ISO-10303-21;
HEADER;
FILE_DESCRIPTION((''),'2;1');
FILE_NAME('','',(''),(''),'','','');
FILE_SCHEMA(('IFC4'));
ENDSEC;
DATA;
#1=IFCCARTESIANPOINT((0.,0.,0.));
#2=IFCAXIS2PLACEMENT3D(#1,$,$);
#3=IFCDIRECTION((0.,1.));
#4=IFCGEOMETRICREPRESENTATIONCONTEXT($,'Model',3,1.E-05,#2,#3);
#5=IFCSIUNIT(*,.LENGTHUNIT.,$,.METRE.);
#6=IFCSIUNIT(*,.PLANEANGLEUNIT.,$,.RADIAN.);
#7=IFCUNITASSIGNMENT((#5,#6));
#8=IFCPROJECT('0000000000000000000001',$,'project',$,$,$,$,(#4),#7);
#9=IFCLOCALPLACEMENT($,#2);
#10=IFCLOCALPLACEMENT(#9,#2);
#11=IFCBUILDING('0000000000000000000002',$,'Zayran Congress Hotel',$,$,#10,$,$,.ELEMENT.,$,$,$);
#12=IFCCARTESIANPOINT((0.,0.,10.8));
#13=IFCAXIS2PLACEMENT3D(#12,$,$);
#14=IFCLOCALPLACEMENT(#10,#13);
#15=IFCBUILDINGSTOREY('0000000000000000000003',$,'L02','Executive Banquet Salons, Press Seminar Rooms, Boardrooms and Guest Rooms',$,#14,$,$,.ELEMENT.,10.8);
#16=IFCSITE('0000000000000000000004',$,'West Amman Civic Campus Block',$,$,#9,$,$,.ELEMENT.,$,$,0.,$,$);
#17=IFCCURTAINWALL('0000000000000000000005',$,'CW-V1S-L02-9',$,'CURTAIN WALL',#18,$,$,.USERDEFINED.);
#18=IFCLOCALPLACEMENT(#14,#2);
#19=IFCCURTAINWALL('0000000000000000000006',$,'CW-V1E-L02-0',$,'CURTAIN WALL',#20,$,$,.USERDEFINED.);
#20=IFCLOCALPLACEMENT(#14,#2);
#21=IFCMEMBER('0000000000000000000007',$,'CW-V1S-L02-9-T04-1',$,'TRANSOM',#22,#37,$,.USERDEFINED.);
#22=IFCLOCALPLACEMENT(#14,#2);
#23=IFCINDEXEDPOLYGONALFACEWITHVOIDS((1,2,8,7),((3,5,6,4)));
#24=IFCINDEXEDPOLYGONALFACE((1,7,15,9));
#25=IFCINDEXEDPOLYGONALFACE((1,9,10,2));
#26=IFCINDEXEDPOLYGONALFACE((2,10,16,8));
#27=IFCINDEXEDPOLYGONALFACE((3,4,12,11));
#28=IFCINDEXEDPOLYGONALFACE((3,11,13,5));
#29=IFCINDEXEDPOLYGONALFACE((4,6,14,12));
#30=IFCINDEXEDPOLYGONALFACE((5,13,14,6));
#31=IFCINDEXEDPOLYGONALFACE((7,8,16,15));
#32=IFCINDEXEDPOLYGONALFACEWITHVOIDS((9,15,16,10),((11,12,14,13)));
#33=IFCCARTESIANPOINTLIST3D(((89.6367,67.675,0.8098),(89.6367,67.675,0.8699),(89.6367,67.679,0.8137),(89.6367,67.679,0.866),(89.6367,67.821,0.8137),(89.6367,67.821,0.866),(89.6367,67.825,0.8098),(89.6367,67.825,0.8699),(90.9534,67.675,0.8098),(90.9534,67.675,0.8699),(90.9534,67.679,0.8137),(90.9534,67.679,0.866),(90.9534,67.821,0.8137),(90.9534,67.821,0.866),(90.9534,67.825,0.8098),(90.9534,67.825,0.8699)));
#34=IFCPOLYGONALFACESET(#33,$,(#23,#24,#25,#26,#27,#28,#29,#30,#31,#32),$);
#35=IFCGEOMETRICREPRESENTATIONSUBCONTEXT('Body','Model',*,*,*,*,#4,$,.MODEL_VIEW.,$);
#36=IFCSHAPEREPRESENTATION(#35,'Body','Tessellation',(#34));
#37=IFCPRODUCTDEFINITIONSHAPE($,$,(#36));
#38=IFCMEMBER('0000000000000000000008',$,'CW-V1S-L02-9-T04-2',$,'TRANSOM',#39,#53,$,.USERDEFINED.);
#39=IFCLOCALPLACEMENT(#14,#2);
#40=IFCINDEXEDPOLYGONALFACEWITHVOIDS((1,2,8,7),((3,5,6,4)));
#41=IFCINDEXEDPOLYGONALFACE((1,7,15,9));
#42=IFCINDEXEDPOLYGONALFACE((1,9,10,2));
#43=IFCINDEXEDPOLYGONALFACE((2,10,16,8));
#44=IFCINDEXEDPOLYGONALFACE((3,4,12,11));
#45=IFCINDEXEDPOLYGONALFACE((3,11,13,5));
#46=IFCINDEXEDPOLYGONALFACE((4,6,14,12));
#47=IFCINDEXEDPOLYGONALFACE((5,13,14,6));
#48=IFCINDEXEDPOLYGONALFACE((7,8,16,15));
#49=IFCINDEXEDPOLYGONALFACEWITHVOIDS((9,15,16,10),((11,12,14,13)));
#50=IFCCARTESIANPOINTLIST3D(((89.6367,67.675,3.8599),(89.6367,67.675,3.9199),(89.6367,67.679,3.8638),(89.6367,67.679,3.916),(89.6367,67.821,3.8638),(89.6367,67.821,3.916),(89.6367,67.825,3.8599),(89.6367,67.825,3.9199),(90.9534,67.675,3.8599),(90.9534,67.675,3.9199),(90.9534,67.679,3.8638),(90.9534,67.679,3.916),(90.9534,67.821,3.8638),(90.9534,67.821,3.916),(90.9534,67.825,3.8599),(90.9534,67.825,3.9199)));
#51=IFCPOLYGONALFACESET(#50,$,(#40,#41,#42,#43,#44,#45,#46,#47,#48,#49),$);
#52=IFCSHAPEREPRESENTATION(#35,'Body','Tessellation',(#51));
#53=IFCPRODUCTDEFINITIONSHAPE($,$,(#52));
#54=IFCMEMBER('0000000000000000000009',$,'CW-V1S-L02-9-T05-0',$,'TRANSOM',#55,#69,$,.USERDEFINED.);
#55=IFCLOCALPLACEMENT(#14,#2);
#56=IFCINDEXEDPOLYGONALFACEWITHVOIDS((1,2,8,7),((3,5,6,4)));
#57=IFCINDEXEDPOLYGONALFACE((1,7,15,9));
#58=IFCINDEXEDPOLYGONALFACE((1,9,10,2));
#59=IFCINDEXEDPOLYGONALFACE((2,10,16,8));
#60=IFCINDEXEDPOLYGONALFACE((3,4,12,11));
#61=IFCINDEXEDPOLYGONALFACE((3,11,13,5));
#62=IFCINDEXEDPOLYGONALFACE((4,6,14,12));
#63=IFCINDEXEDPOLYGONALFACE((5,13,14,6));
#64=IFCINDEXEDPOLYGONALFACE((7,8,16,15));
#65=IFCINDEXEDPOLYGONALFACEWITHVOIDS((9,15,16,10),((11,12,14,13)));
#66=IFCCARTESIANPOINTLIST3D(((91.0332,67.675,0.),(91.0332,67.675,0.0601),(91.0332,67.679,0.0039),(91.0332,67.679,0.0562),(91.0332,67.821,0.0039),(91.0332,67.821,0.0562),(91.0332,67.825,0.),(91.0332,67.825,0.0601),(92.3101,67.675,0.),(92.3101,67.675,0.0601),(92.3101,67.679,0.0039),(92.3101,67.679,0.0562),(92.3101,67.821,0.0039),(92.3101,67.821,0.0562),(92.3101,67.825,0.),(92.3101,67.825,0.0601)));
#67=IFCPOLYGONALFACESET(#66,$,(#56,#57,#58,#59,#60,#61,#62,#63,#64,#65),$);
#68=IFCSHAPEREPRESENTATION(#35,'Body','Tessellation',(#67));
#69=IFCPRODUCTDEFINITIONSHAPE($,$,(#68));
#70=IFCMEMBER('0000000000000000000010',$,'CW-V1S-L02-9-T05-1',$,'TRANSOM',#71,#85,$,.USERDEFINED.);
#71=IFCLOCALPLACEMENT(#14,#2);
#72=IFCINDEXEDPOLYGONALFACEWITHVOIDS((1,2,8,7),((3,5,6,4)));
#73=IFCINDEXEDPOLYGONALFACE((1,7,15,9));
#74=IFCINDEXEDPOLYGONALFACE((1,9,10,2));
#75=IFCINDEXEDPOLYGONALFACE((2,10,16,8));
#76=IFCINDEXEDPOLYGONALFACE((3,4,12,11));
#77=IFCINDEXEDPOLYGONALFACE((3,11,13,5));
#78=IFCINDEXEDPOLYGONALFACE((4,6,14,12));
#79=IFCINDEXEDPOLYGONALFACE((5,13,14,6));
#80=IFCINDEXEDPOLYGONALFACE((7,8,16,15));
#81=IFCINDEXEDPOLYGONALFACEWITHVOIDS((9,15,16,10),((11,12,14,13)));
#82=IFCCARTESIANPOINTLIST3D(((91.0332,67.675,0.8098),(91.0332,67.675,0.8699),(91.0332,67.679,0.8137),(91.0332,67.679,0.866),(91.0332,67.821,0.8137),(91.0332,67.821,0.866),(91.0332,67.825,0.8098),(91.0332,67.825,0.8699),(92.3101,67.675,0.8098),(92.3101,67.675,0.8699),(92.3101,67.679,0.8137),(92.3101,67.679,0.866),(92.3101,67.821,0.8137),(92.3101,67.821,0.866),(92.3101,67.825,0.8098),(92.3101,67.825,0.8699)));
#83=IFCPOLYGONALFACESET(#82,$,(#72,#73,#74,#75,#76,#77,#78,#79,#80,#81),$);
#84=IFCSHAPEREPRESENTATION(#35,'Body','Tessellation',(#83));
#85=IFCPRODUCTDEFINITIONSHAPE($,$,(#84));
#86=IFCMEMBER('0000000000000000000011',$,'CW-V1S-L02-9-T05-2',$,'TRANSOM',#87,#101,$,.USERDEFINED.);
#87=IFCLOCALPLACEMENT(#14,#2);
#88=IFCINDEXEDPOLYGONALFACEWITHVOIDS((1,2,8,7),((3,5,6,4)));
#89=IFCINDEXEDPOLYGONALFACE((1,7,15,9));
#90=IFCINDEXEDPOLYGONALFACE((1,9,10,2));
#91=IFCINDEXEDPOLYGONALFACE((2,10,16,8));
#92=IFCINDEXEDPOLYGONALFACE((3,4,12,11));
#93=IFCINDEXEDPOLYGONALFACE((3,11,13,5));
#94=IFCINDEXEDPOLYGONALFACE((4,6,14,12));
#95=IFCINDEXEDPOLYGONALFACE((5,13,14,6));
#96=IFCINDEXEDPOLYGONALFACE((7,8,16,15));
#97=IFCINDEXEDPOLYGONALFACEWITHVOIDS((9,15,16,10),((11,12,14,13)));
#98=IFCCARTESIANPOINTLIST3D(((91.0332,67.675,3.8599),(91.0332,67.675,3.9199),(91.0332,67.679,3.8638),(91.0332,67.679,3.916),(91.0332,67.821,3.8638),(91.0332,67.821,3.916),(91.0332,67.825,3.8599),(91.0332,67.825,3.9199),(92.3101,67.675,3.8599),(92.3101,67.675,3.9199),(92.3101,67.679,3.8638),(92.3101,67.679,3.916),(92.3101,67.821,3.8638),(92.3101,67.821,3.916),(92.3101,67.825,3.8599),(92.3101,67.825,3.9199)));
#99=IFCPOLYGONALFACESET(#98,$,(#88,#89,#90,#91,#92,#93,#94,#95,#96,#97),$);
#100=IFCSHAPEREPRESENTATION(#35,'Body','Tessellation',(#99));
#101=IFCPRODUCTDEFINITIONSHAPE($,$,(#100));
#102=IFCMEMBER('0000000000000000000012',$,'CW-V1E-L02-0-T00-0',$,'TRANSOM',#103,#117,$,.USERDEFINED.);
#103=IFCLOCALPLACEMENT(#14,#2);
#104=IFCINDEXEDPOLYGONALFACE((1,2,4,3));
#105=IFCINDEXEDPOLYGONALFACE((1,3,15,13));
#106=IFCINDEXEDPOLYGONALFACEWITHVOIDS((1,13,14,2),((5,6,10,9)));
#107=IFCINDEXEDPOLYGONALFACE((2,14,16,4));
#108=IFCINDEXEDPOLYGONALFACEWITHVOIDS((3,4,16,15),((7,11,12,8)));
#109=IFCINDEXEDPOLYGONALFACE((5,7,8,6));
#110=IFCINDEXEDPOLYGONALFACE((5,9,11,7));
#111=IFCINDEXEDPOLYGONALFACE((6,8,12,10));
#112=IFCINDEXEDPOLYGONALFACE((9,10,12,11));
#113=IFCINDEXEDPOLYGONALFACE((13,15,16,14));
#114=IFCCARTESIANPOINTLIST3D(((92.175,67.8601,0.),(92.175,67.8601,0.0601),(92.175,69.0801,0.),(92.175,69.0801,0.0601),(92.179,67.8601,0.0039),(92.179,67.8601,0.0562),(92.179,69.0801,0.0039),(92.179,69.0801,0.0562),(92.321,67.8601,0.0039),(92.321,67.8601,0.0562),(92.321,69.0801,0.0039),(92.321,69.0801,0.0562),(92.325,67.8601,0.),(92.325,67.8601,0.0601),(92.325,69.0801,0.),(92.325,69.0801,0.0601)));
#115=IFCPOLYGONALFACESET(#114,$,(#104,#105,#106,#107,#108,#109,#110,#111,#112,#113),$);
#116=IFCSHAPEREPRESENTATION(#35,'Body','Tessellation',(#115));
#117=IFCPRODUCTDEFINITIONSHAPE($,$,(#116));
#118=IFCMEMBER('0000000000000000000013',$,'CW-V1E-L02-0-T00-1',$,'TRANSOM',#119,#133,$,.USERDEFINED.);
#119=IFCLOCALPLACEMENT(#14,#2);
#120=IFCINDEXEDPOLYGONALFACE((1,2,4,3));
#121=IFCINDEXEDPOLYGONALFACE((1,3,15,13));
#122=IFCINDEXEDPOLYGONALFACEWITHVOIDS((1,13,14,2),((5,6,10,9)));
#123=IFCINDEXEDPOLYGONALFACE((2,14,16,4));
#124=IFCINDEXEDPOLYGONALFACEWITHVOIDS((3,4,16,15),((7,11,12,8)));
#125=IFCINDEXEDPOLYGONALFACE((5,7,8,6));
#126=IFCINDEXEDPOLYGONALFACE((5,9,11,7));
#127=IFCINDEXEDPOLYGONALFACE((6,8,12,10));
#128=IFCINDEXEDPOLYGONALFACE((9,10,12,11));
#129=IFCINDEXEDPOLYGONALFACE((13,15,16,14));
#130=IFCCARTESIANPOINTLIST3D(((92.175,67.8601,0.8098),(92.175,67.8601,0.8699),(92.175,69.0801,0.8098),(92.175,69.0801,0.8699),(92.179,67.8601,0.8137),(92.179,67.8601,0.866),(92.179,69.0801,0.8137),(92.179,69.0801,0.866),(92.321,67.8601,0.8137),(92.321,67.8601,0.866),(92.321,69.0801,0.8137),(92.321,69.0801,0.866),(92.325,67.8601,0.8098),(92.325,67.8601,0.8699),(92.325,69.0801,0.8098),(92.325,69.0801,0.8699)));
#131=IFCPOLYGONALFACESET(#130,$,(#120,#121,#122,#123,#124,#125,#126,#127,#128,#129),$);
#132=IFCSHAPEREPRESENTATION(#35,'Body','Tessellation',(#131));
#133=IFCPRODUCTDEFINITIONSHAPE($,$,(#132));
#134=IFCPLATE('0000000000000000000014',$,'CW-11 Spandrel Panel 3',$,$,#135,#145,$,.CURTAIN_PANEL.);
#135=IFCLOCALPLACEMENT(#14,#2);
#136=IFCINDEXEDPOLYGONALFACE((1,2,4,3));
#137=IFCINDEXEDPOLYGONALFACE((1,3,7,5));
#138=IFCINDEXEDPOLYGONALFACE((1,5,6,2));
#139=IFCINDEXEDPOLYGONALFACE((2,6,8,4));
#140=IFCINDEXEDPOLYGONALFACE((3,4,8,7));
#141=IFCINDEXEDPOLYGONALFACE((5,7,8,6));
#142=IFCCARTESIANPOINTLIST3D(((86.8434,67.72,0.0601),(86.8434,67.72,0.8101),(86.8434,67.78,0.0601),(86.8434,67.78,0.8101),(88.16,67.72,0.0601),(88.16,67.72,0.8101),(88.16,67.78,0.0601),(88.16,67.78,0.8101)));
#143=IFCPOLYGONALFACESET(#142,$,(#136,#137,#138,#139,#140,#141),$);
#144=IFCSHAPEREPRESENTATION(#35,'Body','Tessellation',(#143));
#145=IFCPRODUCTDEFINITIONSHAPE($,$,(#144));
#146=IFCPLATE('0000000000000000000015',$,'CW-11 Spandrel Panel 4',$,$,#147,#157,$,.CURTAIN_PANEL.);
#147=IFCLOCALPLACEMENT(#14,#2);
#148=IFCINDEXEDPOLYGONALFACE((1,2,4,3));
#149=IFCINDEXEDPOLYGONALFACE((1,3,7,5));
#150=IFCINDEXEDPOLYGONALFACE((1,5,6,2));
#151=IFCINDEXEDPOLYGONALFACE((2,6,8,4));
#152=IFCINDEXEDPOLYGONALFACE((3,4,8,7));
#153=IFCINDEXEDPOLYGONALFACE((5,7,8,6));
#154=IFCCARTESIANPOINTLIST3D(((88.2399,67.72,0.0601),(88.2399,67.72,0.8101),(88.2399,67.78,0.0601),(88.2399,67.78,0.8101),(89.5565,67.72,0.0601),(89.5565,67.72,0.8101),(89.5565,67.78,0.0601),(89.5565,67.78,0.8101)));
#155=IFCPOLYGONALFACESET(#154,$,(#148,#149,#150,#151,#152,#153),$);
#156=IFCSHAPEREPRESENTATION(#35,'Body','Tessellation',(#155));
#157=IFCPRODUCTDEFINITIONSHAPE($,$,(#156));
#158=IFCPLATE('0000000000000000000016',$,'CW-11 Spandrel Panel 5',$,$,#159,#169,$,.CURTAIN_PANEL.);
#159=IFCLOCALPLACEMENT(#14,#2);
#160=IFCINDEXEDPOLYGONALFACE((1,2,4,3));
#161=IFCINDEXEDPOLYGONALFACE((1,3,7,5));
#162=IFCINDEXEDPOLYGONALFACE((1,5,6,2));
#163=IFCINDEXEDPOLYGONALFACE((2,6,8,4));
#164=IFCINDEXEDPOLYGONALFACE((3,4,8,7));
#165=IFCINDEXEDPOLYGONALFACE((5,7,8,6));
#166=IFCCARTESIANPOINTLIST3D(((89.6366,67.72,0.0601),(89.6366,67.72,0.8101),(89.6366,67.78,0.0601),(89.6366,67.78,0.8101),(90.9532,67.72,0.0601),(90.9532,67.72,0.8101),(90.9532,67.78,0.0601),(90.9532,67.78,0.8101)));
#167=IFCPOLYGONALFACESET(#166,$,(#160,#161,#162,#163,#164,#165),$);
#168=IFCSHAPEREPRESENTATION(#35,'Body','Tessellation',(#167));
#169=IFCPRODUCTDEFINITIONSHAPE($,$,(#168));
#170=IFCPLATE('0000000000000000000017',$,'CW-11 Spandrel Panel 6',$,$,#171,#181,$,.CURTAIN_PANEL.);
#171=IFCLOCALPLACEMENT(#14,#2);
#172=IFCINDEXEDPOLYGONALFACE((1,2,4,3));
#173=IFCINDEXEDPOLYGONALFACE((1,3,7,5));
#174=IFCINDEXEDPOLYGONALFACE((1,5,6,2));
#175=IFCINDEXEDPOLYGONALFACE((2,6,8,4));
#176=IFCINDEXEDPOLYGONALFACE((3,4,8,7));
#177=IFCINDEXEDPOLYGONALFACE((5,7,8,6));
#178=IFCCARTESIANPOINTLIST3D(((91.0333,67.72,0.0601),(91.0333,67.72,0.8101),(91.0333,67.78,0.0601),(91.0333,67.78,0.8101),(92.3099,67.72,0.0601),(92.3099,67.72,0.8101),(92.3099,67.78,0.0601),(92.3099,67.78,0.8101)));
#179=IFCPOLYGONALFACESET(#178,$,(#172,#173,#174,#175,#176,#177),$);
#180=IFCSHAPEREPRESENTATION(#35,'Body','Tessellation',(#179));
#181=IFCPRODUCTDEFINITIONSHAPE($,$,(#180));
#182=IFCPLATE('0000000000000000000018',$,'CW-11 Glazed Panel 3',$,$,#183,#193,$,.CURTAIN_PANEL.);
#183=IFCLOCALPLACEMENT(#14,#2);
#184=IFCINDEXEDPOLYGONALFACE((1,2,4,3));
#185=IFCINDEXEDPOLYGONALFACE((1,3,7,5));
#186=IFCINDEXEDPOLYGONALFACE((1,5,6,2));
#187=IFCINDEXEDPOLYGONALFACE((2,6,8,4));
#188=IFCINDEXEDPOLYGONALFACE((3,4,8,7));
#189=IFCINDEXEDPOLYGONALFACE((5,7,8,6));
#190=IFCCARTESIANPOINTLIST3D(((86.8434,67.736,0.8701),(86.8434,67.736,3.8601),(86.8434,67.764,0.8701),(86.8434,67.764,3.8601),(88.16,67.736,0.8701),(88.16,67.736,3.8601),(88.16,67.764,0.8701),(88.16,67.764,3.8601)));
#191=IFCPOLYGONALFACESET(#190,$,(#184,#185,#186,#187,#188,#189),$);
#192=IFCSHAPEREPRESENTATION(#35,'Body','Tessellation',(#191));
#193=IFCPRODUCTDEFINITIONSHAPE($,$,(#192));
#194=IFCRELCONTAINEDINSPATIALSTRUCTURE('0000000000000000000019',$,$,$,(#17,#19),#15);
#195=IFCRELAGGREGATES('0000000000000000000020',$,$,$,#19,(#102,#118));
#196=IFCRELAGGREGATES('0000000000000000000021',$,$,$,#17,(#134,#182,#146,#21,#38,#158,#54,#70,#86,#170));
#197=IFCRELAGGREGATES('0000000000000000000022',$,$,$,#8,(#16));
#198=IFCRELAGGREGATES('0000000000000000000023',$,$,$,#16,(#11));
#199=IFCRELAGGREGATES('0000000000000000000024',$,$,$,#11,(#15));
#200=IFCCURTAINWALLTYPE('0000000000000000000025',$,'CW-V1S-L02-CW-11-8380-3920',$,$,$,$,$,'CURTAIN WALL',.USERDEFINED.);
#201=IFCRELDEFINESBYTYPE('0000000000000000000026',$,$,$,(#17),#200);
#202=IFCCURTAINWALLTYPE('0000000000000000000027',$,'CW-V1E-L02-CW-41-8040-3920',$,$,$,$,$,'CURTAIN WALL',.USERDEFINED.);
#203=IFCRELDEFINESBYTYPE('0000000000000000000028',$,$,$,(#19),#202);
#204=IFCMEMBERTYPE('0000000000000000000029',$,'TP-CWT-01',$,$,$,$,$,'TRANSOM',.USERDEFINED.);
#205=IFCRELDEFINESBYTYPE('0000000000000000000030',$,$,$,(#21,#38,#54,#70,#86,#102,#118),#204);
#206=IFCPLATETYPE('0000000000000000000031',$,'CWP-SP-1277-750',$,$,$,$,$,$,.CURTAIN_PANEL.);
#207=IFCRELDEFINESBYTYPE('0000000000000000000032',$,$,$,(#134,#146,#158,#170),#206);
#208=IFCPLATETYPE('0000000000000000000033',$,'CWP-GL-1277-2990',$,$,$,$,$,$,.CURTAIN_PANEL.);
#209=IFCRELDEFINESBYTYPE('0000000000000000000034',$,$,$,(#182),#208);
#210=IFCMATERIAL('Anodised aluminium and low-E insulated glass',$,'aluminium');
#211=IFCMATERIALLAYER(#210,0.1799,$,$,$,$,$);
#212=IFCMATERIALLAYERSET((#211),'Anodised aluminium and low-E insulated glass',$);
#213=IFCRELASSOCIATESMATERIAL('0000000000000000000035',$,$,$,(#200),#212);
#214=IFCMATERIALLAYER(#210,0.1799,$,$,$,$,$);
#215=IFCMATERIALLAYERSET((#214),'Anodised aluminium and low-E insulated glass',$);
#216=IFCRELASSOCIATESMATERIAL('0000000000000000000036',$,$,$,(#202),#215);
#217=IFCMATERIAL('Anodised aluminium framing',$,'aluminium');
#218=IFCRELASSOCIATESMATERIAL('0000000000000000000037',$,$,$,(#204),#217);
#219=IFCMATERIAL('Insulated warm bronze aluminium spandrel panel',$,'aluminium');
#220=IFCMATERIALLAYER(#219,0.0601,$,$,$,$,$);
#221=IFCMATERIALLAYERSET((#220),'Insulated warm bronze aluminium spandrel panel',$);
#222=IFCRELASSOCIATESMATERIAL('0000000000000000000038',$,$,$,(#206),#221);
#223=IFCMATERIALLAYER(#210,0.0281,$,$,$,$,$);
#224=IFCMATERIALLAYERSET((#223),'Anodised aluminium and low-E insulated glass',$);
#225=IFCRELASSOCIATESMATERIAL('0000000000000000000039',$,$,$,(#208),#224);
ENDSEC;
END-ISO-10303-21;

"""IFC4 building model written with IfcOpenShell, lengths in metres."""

from ifc_helpers import new_model, si_unit, direction, frame, origin, origin_2d, place, context, subcontext, project, spatial, rectangle, hollow_rectangle, extrude, material, layer, layer_set, material_profile, profile_set, type_object, element, aggregate, save


model = new_model("IFC4")

# Units and contexts
model_context = context("Model", 3, precision=1e-05, world=origin(), true_north=direction((0.0, 1.0)))
body_context = subcontext(model_context, "Body", "Model", "MODEL_VIEW")
ifc_project = project(units=[si_unit("LENGTHUNIT", "METRE"), si_unit("PLANEANGLEUNIT", "RADIAN")], contexts=[model_context])

# Site, building, storey
site_placement = place(None, origin())
site = spatial("IfcSite", under=ifc_project, at=site_placement, Name="West Amman Civic Campus Block", CompositionType="ELEMENT", RefElevation=0.0)
building_placement = place(site_placement, origin())
building = spatial("IfcBuilding", under=site, at=building_placement, Name="Zayran Congress Hotel", CompositionType="ELEMENT")
storey_placement = place(building_placement, frame((0.0, 0.0, 10.8)))
storey = spatial("IfcBuildingStorey", under=building, at=storey_placement, Name="L02", Description="Executive Banquet Salons, Press Seminar Rooms, Boardrooms and Guest Rooms", CompositionType="ELEMENT", Elevation=10.8)

# Curtain wall
ifc_material_1 = material(Name="Anodised aluminium and low-E insulated glass", Category="aluminium")
ifc_layer_1 = layer(ifc_material_1, 0.1799)
ifc_layer_set_1 = layer_set([ifc_layer_1], Name="Anodised aluminium and low-E insulated glass")
curtain_wall_type_1 = type_object("IfcCurtainWallType", Name="CW-V1S-L02-CW-11-8380-3920", ElementType="CURTAIN WALL", PredefinedType="USERDEFINED", material=ifc_layer_set_1)
curtain_wall_1_placement = place(storey_placement, origin())
curtain_wall_1 = element("IfcCurtainWall", 1, at=curtain_wall_1_placement, inside=storey, type_object=curtain_wall_type_1, Name="CW-V1S-L02-9", ObjectType="CURTAIN WALL", PredefinedType="USERDEFINED")
ifc_material_2 = material(Name="Anodised aluminium framing", Category="aluminium")

# Curtain wall
ifc_layer_2 = layer(ifc_material_1, 0.1799)
ifc_layer_set_2 = layer_set([ifc_layer_2], Name="Anodised aluminium and low-E insulated glass")
curtain_wall_type_2 = type_object("IfcCurtainWallType", Name="CW-V1E-L02-CW-41-8040-3920", ElementType="CURTAIN WALL", PredefinedType="USERDEFINED", material=ifc_layer_set_2)
curtain_wall_2_placement = place(storey_placement, origin())
curtain_wall_2 = element("IfcCurtainWall", 2, at=curtain_wall_2_placement, inside=storey, type_object=curtain_wall_type_2, Name="CW-V1E-L02-0", ObjectType="CURTAIN WALL", PredefinedType="USERDEFINED")

# Members
ifc_material_profile_1 = material_profile(ifc_material_2, hollow_rectangle(XDim=0.0601, YDim=0.1499, WallThickness=0.0039, at=origin_2d()), Name="RHS 150x60x4")
ifc_profile_set_1 = profile_set([ifc_material_profile_1], Name="Anodised aluminium framing")
member_type_1 = type_object("IfcMemberType", Name="TP-CWT-01", ElementType="TRANSOM", PredefinedType="USERDEFINED", material=ifc_profile_set_1)
member_1_placement = place(storey_placement, frame((89.6367, 67.75, 0.8398), z_axis=(1.0, 0.0, 0.0), x_axis=(0.0, 0.0, 1.0)))
member_1 = element("IfcMember", 3, at=member_1_placement, type_object=member_type_1, Name="CW-V1S-L02-9-T04-1", ObjectType="TRANSOM", PredefinedType="USERDEFINED", context=body_context, shape_type="SweptSolid", body=[
    extrude(hollow_rectangle(XDim=0.0601, YDim=0.1499, WallThickness=0.0039, at=origin_2d()), origin(), (0.0, 0.0, 1.0), 1.3167),
])
member_2_placement = place(storey_placement, frame((89.6367, 67.75, 3.8899), z_axis=(1.0, 0.0, 0.0), x_axis=(0.0, 0.0, 1.0)))
member_2 = element("IfcMember", 4, at=member_2_placement, type_object=member_type_1, Name="CW-V1S-L02-9-T04-2", ObjectType="TRANSOM", PredefinedType="USERDEFINED", context=body_context, shape_type="SweptSolid", body=[
    extrude(hollow_rectangle(XDim=0.0601, YDim=0.1499, WallThickness=0.0039, at=origin_2d()), origin(), (0.0, 0.0, 1.0), 1.3167),
])
member_3_placement = place(storey_placement, frame((91.0332, 67.75, 0.03), z_axis=(1.0, 0.0, 0.0), x_axis=(0.0, 0.0, 1.0)))
member_3 = element("IfcMember", 5, at=member_3_placement, type_object=member_type_1, Name="CW-V1S-L02-9-T05-0", ObjectType="TRANSOM", PredefinedType="USERDEFINED", context=body_context, shape_type="SweptSolid", body=[
    extrude(hollow_rectangle(XDim=0.0601, YDim=0.1499, WallThickness=0.0039, at=origin_2d()), origin(), (0.0, 0.0, 1.0), 1.2769),
])
member_4_placement = place(storey_placement, frame((91.0332, 67.75, 0.8398), z_axis=(1.0, 0.0, 0.0), x_axis=(0.0, 0.0, 1.0)))
member_4 = element("IfcMember", 6, at=member_4_placement, type_object=member_type_1, Name="CW-V1S-L02-9-T05-1", ObjectType="TRANSOM", PredefinedType="USERDEFINED", context=body_context, shape_type="SweptSolid", body=[
    extrude(hollow_rectangle(XDim=0.0601, YDim=0.1499, WallThickness=0.0039, at=origin_2d()), origin(), (0.0, 0.0, 1.0), 1.2769),
])
member_5_placement = place(storey_placement, frame((91.0332, 67.75, 3.8899), z_axis=(1.0, 0.0, 0.0), x_axis=(0.0, 0.0, 1.0)))
member_5 = element("IfcMember", 7, at=member_5_placement, type_object=member_type_1, Name="CW-V1S-L02-9-T05-2", ObjectType="TRANSOM", PredefinedType="USERDEFINED", context=body_context, shape_type="SweptSolid", body=[
    extrude(hollow_rectangle(XDim=0.0601, YDim=0.1499, WallThickness=0.0039, at=origin_2d()), origin(), (0.0, 0.0, 1.0), 1.2769),
])
member_6_placement = place(storey_placement, frame((92.25, 67.8601, 0.03), z_axis=(0.0, 1.0, 0.0), x_axis=(0.0, 0.0, 1.0)))
member_6 = element("IfcMember", 8, at=member_6_placement, type_object=member_type_1, Name="CW-V1E-L02-0-T00-0", ObjectType="TRANSOM", PredefinedType="USERDEFINED", context=body_context, shape_type="SweptSolid", body=[
    extrude(hollow_rectangle(XDim=0.0601, YDim=0.1499, WallThickness=0.0039, at=origin_2d()), origin(), (0.0, 0.0, 1.0), 1.22),
])
member_7_placement = place(storey_placement, frame((92.25, 67.8601, 0.8398), z_axis=(0.0, 1.0, 0.0), x_axis=(0.0, 0.0, 1.0)))
member_7 = element("IfcMember", 9, at=member_7_placement, type_object=member_type_1, Name="CW-V1E-L02-0-T00-1", ObjectType="TRANSOM", PredefinedType="USERDEFINED", context=body_context, shape_type="SweptSolid", body=[
    extrude(hollow_rectangle(XDim=0.0601, YDim=0.1499, WallThickness=0.0039, at=origin_2d()), origin(), (0.0, 0.0, 1.0), 1.22),
])
aggregate(curtain_wall_2, [member_6, member_7])

# Plates
ifc_material_3 = material(Name="Insulated warm bronze aluminium spandrel panel", Category="aluminium")
ifc_layer_3 = layer(ifc_material_3, 0.0601)
ifc_layer_set_3 = layer_set([ifc_layer_3], Name="Insulated warm bronze aluminium spandrel panel")
plate_type_1 = type_object("IfcPlateType", Name="CWP-SP-1277-750", PredefinedType="CURTAIN_PANEL", material=ifc_layer_set_3)
plate_1_placement = place(storey_placement, frame((87.5017, 67.75, 0.0601), z_axis=(0.0, 0.0, 1.0), x_axis=(1.0, 0.0, 0.0)))
plate_1 = element("IfcPlate", 10, at=plate_1_placement, type_object=plate_type_1, Name="CW-11 Spandrel Panel 3", PredefinedType="CURTAIN_PANEL", context=body_context, shape_type="SweptSolid", body=[
    extrude(rectangle(XDim=1.3167, YDim=0.0601, at=origin_2d()), origin(), (0.0, 0.0, 1.0), 0.75),
])
plate_2_placement = place(storey_placement, frame((88.8982, 67.75, 0.0601), z_axis=(0.0, 0.0, 1.0), x_axis=(1.0, 0.0, 0.0)))
plate_2 = element("IfcPlate", 11, at=plate_2_placement, type_object=plate_type_1, Name="CW-11 Spandrel Panel 4", PredefinedType="CURTAIN_PANEL", context=body_context, shape_type="SweptSolid", body=[
    extrude(rectangle(XDim=1.3167, YDim=0.0601, at=origin_2d()), origin(), (0.0, 0.0, 1.0), 0.75),
])
plate_3_placement = place(storey_placement, frame((90.2949, 67.75, 0.0601), z_axis=(0.0, 0.0, 1.0), x_axis=(1.0, 0.0, 0.0)))
plate_3 = element("IfcPlate", 12, at=plate_3_placement, type_object=plate_type_1, Name="CW-11 Spandrel Panel 5", PredefinedType="CURTAIN_PANEL", context=body_context, shape_type="SweptSolid", body=[
    extrude(rectangle(XDim=1.3167, YDim=0.0601, at=origin_2d()), origin(), (0.0, 0.0, 1.0), 0.75),
])
plate_4_placement = place(storey_placement, frame((91.6716, 67.75, 0.0601), z_axis=(0.0, 0.0, 1.0), x_axis=(1.0, 0.0, 0.0)))
plate_4 = element("IfcPlate", 13, at=plate_4_placement, type_object=plate_type_1, Name="CW-11 Spandrel Panel 6", PredefinedType="CURTAIN_PANEL", context=body_context, shape_type="SweptSolid", body=[
    extrude(rectangle(XDim=1.2766, YDim=0.0601, at=origin_2d()), origin(), (0.0, 0.0, 1.0), 0.75),
])
ifc_layer_4 = layer(ifc_material_1, 0.0281)
ifc_layer_set_4 = layer_set([ifc_layer_4], Name="Anodised aluminium and low-E insulated glass")
plate_type_2 = type_object("IfcPlateType", Name="CWP-GL-1277-2990", PredefinedType="CURTAIN_PANEL", material=ifc_layer_set_4)
plate_5_placement = place(storey_placement, frame((87.5017, 67.75, 0.8701), z_axis=(0.0, 0.0, 1.0), x_axis=(1.0, 0.0, 0.0)))
plate_5 = element("IfcPlate", 14, at=plate_5_placement, type_object=plate_type_2, Name="CW-11 Glazed Panel 3", PredefinedType="CURTAIN_PANEL", context=body_context, shape_type="SweptSolid", body=[
    extrude(rectangle(XDim=1.3167, YDim=0.0281, at=origin_2d()), origin(), (0.0, 0.0, 1.0), 2.99),
])
aggregate(curtain_wall_1, [plate_1, plate_5, plate_2, member_1, member_2, plate_3, member_3, member_4, member_5, plate_4])

save(model, "model.ifc")
